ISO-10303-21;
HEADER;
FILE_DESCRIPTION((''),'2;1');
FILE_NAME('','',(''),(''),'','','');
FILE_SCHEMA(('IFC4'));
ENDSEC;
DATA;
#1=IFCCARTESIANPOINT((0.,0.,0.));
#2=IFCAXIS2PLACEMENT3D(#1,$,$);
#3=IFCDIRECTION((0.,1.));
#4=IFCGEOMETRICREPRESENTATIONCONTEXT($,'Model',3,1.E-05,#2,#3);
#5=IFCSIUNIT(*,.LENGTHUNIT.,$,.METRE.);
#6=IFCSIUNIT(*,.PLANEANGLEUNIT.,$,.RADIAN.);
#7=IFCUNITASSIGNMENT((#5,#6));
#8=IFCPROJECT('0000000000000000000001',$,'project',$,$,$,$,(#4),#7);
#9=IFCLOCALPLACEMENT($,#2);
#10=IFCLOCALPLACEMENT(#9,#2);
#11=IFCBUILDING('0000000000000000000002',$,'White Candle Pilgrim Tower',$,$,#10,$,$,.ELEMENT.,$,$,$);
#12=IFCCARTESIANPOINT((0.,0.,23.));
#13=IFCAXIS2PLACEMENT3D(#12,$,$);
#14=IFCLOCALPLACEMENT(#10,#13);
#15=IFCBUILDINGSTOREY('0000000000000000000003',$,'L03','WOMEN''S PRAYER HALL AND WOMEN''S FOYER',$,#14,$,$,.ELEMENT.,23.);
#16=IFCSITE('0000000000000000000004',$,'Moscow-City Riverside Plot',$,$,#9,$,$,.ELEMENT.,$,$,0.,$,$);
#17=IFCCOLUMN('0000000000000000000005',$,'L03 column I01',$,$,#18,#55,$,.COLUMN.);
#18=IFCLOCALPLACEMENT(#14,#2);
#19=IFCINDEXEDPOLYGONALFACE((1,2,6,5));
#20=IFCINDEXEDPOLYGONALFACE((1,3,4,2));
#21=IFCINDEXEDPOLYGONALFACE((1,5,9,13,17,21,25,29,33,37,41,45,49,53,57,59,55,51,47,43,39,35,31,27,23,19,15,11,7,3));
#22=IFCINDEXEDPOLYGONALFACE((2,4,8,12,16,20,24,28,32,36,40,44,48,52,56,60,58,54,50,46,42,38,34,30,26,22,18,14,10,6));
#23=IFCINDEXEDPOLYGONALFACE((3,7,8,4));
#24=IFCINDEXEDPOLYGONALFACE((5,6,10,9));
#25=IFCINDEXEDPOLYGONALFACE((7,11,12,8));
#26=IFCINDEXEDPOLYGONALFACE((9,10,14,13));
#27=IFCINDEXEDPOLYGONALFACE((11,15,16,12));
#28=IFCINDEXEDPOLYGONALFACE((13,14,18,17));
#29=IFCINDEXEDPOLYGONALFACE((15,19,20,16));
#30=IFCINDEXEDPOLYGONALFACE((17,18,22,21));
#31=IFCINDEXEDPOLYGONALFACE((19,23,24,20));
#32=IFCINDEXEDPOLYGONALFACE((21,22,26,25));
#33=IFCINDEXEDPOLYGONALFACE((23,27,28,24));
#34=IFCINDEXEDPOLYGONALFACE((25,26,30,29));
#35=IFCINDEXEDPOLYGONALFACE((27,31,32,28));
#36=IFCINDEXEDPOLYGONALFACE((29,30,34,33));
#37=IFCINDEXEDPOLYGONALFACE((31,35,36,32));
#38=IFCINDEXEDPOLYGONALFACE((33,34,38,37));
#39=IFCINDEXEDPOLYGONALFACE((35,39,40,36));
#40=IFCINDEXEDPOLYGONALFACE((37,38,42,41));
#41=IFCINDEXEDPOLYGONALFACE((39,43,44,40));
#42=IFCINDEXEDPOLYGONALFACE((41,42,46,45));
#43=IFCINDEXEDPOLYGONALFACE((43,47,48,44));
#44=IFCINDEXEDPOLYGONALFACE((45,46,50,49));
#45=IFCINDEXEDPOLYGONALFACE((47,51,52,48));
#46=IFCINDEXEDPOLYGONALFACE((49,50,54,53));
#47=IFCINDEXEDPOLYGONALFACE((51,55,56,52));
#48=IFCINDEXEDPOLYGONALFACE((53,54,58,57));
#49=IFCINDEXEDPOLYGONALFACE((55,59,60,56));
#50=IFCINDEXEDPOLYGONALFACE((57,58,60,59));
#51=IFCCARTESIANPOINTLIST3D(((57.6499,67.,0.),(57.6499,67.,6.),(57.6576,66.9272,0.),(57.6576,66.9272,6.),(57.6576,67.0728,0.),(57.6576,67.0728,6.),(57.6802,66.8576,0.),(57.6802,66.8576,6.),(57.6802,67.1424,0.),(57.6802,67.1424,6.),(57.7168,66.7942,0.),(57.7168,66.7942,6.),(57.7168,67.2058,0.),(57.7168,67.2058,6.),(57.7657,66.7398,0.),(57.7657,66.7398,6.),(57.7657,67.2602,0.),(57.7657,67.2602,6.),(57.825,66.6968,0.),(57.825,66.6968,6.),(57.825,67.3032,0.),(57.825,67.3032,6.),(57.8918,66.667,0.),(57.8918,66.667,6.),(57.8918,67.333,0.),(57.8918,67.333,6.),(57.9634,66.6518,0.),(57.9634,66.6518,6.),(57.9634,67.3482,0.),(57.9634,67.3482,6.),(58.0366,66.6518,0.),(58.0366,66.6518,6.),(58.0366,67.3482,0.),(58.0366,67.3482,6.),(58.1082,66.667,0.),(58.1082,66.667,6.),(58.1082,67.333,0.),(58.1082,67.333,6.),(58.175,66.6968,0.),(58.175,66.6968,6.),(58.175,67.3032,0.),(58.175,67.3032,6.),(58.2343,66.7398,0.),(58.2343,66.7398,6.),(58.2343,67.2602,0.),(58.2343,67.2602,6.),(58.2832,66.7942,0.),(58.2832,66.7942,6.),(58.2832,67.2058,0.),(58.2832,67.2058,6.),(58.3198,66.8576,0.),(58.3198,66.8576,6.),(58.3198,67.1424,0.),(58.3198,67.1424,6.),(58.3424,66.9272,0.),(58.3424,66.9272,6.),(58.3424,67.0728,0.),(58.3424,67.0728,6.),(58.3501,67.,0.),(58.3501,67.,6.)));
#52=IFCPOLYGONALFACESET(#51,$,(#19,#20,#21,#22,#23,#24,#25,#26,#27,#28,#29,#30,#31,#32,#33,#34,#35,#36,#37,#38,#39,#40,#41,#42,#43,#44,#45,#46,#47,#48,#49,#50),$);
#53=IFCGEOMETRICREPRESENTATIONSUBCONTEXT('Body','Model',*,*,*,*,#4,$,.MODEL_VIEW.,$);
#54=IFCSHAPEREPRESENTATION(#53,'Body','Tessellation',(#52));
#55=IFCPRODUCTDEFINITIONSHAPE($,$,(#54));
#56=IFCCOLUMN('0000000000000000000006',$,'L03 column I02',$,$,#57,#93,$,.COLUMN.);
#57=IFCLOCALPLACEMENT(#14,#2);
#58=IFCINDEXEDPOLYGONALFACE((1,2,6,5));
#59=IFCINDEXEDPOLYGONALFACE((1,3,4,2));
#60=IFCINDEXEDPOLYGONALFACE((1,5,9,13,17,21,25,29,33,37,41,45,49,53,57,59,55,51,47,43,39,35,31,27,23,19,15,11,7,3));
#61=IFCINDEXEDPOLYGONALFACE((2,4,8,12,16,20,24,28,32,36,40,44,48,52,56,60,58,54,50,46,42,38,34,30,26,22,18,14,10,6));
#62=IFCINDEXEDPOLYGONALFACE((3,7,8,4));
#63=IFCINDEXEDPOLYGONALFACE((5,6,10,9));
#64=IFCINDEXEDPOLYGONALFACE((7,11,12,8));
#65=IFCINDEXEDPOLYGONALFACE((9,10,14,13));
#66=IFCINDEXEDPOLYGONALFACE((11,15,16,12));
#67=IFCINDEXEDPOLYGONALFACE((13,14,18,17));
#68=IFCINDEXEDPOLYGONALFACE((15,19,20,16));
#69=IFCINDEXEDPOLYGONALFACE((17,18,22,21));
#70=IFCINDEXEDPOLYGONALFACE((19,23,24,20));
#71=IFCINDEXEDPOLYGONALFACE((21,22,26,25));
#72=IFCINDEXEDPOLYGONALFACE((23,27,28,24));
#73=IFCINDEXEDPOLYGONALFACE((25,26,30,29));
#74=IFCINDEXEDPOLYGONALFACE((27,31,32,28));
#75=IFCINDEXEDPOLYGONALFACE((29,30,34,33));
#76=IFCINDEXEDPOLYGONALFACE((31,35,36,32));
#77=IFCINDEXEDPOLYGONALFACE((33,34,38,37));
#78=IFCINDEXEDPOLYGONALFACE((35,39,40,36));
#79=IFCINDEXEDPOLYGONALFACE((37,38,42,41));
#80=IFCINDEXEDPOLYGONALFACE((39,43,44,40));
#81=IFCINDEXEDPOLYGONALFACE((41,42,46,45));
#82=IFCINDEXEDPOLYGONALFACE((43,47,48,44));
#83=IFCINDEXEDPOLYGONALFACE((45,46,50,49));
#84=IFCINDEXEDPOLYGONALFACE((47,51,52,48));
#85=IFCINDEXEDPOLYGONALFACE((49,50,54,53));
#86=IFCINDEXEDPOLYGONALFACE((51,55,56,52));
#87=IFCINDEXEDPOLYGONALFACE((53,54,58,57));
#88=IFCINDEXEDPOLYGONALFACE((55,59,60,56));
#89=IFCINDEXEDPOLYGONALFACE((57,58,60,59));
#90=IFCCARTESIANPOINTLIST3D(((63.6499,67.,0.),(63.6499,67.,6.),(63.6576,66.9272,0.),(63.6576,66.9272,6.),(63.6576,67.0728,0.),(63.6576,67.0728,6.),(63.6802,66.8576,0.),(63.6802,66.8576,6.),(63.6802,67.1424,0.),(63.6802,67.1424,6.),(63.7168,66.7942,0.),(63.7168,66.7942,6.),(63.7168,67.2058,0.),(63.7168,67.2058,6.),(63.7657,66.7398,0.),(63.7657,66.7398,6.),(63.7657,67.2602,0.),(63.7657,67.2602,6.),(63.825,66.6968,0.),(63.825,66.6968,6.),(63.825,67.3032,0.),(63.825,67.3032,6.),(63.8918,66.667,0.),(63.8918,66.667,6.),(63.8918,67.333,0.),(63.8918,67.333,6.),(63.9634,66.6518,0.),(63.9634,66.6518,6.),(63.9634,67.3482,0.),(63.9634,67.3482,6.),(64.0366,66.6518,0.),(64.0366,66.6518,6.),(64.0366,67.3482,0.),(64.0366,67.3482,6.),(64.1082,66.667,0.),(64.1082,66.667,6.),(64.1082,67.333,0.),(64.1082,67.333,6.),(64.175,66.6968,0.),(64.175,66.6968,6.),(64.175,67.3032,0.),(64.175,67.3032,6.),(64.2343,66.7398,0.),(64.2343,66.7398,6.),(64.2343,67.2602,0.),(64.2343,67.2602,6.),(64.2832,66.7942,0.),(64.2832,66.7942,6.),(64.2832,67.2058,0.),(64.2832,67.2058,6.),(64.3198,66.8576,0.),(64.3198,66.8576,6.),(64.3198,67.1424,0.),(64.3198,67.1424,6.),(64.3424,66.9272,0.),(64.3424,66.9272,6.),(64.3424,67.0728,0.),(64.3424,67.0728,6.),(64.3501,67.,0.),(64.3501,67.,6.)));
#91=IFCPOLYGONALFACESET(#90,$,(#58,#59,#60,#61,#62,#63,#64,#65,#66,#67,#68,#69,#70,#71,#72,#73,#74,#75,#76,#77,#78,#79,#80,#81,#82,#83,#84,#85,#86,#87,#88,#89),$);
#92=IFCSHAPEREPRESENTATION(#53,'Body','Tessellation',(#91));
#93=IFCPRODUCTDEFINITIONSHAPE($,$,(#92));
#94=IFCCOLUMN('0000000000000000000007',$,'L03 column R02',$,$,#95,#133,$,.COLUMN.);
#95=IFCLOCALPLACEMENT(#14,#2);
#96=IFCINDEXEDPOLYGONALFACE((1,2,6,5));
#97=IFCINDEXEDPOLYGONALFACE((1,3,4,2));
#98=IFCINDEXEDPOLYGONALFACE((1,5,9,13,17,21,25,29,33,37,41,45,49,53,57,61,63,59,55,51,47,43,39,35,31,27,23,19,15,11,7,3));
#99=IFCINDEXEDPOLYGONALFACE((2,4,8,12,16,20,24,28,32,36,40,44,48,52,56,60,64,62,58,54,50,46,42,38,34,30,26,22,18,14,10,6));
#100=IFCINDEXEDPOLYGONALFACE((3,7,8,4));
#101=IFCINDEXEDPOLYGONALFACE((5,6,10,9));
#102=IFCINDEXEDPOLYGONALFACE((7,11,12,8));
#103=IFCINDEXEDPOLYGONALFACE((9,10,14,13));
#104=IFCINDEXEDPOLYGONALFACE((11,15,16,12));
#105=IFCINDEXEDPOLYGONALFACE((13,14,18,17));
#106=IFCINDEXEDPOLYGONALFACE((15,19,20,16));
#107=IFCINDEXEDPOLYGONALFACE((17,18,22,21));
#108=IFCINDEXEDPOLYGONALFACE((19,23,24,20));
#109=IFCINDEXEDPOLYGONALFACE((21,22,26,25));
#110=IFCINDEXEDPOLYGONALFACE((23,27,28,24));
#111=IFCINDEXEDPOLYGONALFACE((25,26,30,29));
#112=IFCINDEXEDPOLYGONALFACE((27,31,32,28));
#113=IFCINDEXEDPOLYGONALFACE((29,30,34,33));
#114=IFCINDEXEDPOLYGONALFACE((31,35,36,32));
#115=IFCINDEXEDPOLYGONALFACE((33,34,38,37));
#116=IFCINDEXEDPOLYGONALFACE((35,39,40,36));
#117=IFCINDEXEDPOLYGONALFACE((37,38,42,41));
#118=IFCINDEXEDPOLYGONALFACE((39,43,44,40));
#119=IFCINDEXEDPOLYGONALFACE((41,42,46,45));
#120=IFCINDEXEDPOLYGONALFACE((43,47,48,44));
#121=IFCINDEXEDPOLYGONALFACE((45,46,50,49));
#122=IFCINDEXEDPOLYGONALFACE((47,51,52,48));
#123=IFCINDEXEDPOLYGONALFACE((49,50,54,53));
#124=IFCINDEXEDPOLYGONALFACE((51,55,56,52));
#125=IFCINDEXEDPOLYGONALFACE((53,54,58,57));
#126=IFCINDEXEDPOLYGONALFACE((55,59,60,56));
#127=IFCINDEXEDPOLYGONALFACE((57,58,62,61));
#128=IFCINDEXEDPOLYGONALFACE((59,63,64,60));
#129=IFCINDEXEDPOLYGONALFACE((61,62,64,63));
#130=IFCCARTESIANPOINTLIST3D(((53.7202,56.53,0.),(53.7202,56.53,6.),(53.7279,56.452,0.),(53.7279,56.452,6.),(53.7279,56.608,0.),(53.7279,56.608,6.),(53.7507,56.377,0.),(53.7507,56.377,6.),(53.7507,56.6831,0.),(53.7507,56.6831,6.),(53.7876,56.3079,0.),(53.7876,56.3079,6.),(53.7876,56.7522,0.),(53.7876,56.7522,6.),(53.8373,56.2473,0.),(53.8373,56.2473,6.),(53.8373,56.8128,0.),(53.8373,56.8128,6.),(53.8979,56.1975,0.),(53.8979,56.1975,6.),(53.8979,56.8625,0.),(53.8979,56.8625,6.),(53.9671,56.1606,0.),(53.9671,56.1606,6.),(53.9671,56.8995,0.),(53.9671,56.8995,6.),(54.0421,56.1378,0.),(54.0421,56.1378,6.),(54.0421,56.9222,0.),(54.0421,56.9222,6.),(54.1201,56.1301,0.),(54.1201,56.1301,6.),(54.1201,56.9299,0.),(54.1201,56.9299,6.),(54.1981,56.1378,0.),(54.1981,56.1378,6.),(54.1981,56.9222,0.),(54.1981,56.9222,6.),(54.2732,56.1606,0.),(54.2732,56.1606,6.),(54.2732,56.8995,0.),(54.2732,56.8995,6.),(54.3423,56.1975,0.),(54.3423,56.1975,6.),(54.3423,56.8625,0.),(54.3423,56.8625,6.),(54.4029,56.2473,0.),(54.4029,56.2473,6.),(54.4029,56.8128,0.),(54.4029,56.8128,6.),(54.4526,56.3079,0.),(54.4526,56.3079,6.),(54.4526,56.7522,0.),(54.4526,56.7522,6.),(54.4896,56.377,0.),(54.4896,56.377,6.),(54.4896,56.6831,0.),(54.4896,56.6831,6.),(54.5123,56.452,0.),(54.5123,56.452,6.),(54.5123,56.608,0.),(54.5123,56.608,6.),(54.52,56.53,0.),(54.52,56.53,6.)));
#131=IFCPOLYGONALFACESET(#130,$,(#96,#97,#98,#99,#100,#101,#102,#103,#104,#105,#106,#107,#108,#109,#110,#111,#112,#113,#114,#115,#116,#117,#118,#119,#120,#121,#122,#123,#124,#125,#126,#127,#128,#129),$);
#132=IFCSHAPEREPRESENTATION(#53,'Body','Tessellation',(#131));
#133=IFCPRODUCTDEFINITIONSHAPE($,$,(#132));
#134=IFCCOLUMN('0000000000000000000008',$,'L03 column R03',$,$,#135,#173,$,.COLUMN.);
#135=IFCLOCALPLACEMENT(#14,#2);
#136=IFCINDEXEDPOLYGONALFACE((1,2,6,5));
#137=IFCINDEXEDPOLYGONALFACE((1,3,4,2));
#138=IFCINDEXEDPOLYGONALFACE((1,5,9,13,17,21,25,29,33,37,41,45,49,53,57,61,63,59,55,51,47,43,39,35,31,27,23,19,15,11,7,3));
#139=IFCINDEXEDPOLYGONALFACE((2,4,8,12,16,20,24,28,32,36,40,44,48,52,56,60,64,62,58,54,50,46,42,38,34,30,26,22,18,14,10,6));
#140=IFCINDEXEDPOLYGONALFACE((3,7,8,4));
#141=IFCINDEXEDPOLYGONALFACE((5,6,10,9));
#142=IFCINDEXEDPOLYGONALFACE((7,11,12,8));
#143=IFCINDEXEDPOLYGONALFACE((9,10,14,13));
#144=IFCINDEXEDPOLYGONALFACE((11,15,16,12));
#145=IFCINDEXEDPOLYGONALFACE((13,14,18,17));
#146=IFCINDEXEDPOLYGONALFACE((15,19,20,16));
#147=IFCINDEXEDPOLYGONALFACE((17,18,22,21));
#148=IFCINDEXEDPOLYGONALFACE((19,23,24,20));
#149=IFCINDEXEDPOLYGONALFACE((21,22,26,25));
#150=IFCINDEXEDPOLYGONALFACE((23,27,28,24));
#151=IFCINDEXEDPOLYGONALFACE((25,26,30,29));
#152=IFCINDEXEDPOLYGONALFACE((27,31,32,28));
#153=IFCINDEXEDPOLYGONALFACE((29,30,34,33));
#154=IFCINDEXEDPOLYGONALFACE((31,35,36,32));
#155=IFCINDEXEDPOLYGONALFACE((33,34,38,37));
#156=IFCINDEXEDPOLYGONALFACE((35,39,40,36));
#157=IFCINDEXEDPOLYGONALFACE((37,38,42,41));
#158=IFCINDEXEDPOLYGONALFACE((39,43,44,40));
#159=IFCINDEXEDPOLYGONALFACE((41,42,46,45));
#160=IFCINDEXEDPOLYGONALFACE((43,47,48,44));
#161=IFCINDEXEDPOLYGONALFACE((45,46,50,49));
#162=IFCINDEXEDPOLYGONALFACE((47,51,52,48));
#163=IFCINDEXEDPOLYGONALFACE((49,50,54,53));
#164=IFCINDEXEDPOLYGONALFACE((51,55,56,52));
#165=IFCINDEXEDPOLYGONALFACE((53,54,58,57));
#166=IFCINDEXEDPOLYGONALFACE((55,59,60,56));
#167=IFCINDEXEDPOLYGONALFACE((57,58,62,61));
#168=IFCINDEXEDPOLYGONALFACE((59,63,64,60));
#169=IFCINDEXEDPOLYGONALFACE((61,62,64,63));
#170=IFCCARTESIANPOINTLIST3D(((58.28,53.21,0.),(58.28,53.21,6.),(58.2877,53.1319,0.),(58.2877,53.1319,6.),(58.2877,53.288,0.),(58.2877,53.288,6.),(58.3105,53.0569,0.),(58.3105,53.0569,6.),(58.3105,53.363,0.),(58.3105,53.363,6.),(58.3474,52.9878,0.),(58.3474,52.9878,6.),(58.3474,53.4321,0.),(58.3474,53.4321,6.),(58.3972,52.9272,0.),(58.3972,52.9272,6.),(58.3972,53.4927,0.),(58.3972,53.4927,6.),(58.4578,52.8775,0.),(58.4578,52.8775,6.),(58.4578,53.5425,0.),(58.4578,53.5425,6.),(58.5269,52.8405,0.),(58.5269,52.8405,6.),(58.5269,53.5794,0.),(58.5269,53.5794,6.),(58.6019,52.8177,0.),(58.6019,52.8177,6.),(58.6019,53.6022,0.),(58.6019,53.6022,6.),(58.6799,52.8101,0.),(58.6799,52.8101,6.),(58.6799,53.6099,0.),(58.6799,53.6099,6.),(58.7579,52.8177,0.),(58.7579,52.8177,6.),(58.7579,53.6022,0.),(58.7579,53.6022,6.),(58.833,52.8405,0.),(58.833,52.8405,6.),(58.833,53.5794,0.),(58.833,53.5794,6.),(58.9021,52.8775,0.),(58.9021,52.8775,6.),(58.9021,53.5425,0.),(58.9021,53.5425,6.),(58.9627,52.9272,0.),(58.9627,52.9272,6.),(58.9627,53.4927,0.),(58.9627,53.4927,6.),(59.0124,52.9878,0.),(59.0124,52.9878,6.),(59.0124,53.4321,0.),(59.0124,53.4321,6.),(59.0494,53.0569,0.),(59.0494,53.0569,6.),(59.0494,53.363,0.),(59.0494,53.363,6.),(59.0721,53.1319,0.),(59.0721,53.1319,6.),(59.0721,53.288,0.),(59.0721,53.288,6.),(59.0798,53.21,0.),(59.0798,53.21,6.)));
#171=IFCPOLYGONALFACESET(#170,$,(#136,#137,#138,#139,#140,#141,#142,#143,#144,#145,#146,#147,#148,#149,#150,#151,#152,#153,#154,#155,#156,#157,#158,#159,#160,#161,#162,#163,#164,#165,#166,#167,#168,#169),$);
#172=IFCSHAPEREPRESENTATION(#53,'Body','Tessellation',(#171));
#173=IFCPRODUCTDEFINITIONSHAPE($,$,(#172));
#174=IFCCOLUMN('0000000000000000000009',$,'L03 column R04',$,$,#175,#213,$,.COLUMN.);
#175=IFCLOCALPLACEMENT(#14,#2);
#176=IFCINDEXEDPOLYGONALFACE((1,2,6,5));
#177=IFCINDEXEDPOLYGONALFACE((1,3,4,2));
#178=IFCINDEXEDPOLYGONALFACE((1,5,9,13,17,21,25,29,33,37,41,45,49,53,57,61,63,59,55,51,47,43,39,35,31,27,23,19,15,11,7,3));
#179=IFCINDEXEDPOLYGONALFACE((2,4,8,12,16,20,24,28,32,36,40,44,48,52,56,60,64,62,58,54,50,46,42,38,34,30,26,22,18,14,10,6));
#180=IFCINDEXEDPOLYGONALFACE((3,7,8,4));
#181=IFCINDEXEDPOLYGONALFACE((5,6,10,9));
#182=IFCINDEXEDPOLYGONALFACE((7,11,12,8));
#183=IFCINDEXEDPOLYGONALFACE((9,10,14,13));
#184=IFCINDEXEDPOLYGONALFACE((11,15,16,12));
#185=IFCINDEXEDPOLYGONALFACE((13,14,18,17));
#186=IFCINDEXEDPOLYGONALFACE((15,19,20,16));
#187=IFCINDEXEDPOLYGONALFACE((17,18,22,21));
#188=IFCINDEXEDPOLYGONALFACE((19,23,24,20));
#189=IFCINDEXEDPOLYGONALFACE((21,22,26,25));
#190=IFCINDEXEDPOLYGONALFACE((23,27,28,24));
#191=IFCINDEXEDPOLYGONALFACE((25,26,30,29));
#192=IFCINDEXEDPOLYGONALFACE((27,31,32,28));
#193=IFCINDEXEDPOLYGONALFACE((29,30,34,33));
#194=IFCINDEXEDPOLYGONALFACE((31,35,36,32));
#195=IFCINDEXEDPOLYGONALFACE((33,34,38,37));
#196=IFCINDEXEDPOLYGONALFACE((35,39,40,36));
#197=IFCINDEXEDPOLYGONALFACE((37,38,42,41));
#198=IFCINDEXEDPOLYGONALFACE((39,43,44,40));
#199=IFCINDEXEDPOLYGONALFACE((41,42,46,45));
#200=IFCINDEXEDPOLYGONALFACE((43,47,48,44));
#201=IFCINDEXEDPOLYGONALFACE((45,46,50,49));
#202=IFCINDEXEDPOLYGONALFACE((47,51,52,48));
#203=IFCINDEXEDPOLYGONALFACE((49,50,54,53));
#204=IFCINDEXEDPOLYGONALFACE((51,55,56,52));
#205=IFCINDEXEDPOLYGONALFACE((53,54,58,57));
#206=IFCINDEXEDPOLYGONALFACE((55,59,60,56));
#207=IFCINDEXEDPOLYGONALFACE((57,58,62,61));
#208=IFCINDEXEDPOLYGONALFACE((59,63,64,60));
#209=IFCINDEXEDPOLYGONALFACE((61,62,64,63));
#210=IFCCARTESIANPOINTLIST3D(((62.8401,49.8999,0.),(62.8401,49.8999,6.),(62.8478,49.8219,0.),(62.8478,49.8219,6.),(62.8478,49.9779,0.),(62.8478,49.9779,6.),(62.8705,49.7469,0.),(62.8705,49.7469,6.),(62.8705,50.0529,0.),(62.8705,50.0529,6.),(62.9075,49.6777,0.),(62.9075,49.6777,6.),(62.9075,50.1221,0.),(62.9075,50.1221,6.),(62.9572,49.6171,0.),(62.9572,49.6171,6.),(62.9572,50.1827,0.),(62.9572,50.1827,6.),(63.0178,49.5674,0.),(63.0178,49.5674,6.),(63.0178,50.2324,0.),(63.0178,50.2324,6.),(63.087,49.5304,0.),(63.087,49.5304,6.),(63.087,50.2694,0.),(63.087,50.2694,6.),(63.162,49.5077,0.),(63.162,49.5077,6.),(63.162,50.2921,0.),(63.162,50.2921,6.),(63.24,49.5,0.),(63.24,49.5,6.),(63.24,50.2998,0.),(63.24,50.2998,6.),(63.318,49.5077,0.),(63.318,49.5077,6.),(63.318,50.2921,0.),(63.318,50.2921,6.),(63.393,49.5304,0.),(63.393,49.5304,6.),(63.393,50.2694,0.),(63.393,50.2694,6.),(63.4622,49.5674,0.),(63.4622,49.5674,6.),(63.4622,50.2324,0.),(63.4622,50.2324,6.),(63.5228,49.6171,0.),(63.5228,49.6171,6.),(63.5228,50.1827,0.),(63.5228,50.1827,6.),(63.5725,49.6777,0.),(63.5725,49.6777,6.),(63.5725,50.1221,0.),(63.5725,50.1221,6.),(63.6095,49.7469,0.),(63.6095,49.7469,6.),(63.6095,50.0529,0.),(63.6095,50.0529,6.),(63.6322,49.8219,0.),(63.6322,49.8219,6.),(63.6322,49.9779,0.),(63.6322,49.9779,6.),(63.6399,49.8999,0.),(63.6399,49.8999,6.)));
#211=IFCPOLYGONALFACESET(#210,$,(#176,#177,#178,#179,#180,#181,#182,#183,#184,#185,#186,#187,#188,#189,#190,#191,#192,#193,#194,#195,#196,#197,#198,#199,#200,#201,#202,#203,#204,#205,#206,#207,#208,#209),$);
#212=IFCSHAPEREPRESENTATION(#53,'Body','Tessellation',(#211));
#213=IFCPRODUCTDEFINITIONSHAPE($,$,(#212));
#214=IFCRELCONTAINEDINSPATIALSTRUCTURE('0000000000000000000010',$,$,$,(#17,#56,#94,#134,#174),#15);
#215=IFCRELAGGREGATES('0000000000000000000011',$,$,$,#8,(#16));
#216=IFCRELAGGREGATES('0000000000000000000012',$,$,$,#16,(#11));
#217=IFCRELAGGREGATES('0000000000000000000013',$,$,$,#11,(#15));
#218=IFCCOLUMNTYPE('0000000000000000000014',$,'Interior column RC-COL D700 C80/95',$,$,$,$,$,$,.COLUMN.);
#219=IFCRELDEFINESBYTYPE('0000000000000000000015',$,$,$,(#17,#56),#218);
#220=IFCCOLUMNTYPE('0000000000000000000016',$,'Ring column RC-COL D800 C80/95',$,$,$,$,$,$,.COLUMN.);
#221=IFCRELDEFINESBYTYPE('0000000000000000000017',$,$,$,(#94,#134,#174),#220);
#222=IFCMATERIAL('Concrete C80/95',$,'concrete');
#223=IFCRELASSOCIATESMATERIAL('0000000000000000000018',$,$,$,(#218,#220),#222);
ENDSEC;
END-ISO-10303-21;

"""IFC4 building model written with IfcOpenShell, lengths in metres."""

from ifc_helpers import new_model, si_unit, direction, frame, origin, origin_2d, place, context, subcontext, project, spatial, circle, extrude, material, material_profile, profile_set, type_object, element, save


model = new_model("IFC4")

# Units and contexts
model_context = context("Model", 3, precision=1e-05, world=origin(), true_north=direction((0.0, 1.0)))
body_context = subcontext(model_context, "Body", "Model", "MODEL_VIEW")
ifc_project = project(units=[si_unit("LENGTHUNIT", "METRE"), si_unit("PLANEANGLEUNIT", "RADIAN")], contexts=[model_context])

# Site, building, storey
site_placement = place(None, origin())
site = spatial("IfcSite", under=ifc_project, at=site_placement, Name="Moscow-City Riverside Plot", CompositionType="ELEMENT", RefElevation=0.0)
building_placement = place(site_placement, origin())
building = spatial("IfcBuilding", under=site, at=building_placement, Name="White Candle Pilgrim Tower", CompositionType="ELEMENT")
storey_placement = place(building_placement, frame((0.0, 0.0, 23.0)))
storey = spatial("IfcBuildingStorey", under=building, at=storey_placement, Name="L03", Description="WOMEN'S PRAYER HALL AND WOMEN'S FOYER", CompositionType="ELEMENT", Elevation=23.0)

# Columns
ifc_material_1 = material(Name="Concrete C80/95", Category="concrete")
ifc_material_profile_1 = material_profile(ifc_material_1, circle(Radius=0.3501, at=origin_2d()), Name="RC-COL D700")
ifc_profile_set_1 = profile_set([ifc_material_profile_1], Name="Concrete C80/95")
column_type_1 = type_object("IfcColumnType", Name="Interior column RC-COL D700 C80/95", PredefinedType="COLUMN", material=ifc_profile_set_1)
for number, where, z_axis, x_axis, name in (
    (1, (58.0, 67.0, 0.0), (0.0, 0.0, 1.0), (1.0, 0.0, 0.0), "L03 column I01"),
    (2, (64.0, 67.0, 0.0), (0.0, 0.0, 1.0), (1.0, 0.0, 0.0), "L03 column I02"),
):
    element("IfcColumn", number, at=place(storey_placement, frame(where, z_axis=z_axis, x_axis=x_axis)), inside=storey, type_object=column_type_1, Name=name, PredefinedType="COLUMN", context=body_context, shape_type="SweptSolid", body=[
        extrude(circle(Radius=0.3501, at=origin_2d()), origin(), (0.0, 0.0, 1.0), 6.0),
    ])
ifc_material_profile_2 = material_profile(ifc_material_1, circle(Radius=0.3999, at=origin_2d()), Name="RC-COL D800")
ifc_profile_set_2 = profile_set([ifc_material_profile_2], Name="Concrete C80/95")
column_type_2 = type_object("IfcColumnType", Name="Ring column RC-COL D800 C80/95", PredefinedType="COLUMN", material=ifc_profile_set_2)
for number, where, z_axis, x_axis, name in (
    (3, (54.1201, 56.53, 0.0), (0.0, 0.0, 1.0), (1.0, 0.0, 0.0), "L03 column R02"),
    (4, (58.6799, 53.21, 0.0), (0.0, 0.0, 1.0), (1.0, 0.0, 0.0), "L03 column R03"),
    (5, (63.24, 49.8999, 0.0), (0.0, 0.0, 1.0), (1.0, 0.0, 0.0), "L03 column R04"),
):
    element("IfcColumn", number, at=place(storey_placement, frame(where, z_axis=z_axis, x_axis=x_axis)), inside=storey, type_object=column_type_2, Name=name, PredefinedType="COLUMN", context=body_context, shape_type="SweptSolid", body=[
        extrude(circle(Radius=0.3999, at=origin_2d()), origin(), (0.0, 0.0, 1.0), 6.0),
    ])

save(model, "model.ifc")
